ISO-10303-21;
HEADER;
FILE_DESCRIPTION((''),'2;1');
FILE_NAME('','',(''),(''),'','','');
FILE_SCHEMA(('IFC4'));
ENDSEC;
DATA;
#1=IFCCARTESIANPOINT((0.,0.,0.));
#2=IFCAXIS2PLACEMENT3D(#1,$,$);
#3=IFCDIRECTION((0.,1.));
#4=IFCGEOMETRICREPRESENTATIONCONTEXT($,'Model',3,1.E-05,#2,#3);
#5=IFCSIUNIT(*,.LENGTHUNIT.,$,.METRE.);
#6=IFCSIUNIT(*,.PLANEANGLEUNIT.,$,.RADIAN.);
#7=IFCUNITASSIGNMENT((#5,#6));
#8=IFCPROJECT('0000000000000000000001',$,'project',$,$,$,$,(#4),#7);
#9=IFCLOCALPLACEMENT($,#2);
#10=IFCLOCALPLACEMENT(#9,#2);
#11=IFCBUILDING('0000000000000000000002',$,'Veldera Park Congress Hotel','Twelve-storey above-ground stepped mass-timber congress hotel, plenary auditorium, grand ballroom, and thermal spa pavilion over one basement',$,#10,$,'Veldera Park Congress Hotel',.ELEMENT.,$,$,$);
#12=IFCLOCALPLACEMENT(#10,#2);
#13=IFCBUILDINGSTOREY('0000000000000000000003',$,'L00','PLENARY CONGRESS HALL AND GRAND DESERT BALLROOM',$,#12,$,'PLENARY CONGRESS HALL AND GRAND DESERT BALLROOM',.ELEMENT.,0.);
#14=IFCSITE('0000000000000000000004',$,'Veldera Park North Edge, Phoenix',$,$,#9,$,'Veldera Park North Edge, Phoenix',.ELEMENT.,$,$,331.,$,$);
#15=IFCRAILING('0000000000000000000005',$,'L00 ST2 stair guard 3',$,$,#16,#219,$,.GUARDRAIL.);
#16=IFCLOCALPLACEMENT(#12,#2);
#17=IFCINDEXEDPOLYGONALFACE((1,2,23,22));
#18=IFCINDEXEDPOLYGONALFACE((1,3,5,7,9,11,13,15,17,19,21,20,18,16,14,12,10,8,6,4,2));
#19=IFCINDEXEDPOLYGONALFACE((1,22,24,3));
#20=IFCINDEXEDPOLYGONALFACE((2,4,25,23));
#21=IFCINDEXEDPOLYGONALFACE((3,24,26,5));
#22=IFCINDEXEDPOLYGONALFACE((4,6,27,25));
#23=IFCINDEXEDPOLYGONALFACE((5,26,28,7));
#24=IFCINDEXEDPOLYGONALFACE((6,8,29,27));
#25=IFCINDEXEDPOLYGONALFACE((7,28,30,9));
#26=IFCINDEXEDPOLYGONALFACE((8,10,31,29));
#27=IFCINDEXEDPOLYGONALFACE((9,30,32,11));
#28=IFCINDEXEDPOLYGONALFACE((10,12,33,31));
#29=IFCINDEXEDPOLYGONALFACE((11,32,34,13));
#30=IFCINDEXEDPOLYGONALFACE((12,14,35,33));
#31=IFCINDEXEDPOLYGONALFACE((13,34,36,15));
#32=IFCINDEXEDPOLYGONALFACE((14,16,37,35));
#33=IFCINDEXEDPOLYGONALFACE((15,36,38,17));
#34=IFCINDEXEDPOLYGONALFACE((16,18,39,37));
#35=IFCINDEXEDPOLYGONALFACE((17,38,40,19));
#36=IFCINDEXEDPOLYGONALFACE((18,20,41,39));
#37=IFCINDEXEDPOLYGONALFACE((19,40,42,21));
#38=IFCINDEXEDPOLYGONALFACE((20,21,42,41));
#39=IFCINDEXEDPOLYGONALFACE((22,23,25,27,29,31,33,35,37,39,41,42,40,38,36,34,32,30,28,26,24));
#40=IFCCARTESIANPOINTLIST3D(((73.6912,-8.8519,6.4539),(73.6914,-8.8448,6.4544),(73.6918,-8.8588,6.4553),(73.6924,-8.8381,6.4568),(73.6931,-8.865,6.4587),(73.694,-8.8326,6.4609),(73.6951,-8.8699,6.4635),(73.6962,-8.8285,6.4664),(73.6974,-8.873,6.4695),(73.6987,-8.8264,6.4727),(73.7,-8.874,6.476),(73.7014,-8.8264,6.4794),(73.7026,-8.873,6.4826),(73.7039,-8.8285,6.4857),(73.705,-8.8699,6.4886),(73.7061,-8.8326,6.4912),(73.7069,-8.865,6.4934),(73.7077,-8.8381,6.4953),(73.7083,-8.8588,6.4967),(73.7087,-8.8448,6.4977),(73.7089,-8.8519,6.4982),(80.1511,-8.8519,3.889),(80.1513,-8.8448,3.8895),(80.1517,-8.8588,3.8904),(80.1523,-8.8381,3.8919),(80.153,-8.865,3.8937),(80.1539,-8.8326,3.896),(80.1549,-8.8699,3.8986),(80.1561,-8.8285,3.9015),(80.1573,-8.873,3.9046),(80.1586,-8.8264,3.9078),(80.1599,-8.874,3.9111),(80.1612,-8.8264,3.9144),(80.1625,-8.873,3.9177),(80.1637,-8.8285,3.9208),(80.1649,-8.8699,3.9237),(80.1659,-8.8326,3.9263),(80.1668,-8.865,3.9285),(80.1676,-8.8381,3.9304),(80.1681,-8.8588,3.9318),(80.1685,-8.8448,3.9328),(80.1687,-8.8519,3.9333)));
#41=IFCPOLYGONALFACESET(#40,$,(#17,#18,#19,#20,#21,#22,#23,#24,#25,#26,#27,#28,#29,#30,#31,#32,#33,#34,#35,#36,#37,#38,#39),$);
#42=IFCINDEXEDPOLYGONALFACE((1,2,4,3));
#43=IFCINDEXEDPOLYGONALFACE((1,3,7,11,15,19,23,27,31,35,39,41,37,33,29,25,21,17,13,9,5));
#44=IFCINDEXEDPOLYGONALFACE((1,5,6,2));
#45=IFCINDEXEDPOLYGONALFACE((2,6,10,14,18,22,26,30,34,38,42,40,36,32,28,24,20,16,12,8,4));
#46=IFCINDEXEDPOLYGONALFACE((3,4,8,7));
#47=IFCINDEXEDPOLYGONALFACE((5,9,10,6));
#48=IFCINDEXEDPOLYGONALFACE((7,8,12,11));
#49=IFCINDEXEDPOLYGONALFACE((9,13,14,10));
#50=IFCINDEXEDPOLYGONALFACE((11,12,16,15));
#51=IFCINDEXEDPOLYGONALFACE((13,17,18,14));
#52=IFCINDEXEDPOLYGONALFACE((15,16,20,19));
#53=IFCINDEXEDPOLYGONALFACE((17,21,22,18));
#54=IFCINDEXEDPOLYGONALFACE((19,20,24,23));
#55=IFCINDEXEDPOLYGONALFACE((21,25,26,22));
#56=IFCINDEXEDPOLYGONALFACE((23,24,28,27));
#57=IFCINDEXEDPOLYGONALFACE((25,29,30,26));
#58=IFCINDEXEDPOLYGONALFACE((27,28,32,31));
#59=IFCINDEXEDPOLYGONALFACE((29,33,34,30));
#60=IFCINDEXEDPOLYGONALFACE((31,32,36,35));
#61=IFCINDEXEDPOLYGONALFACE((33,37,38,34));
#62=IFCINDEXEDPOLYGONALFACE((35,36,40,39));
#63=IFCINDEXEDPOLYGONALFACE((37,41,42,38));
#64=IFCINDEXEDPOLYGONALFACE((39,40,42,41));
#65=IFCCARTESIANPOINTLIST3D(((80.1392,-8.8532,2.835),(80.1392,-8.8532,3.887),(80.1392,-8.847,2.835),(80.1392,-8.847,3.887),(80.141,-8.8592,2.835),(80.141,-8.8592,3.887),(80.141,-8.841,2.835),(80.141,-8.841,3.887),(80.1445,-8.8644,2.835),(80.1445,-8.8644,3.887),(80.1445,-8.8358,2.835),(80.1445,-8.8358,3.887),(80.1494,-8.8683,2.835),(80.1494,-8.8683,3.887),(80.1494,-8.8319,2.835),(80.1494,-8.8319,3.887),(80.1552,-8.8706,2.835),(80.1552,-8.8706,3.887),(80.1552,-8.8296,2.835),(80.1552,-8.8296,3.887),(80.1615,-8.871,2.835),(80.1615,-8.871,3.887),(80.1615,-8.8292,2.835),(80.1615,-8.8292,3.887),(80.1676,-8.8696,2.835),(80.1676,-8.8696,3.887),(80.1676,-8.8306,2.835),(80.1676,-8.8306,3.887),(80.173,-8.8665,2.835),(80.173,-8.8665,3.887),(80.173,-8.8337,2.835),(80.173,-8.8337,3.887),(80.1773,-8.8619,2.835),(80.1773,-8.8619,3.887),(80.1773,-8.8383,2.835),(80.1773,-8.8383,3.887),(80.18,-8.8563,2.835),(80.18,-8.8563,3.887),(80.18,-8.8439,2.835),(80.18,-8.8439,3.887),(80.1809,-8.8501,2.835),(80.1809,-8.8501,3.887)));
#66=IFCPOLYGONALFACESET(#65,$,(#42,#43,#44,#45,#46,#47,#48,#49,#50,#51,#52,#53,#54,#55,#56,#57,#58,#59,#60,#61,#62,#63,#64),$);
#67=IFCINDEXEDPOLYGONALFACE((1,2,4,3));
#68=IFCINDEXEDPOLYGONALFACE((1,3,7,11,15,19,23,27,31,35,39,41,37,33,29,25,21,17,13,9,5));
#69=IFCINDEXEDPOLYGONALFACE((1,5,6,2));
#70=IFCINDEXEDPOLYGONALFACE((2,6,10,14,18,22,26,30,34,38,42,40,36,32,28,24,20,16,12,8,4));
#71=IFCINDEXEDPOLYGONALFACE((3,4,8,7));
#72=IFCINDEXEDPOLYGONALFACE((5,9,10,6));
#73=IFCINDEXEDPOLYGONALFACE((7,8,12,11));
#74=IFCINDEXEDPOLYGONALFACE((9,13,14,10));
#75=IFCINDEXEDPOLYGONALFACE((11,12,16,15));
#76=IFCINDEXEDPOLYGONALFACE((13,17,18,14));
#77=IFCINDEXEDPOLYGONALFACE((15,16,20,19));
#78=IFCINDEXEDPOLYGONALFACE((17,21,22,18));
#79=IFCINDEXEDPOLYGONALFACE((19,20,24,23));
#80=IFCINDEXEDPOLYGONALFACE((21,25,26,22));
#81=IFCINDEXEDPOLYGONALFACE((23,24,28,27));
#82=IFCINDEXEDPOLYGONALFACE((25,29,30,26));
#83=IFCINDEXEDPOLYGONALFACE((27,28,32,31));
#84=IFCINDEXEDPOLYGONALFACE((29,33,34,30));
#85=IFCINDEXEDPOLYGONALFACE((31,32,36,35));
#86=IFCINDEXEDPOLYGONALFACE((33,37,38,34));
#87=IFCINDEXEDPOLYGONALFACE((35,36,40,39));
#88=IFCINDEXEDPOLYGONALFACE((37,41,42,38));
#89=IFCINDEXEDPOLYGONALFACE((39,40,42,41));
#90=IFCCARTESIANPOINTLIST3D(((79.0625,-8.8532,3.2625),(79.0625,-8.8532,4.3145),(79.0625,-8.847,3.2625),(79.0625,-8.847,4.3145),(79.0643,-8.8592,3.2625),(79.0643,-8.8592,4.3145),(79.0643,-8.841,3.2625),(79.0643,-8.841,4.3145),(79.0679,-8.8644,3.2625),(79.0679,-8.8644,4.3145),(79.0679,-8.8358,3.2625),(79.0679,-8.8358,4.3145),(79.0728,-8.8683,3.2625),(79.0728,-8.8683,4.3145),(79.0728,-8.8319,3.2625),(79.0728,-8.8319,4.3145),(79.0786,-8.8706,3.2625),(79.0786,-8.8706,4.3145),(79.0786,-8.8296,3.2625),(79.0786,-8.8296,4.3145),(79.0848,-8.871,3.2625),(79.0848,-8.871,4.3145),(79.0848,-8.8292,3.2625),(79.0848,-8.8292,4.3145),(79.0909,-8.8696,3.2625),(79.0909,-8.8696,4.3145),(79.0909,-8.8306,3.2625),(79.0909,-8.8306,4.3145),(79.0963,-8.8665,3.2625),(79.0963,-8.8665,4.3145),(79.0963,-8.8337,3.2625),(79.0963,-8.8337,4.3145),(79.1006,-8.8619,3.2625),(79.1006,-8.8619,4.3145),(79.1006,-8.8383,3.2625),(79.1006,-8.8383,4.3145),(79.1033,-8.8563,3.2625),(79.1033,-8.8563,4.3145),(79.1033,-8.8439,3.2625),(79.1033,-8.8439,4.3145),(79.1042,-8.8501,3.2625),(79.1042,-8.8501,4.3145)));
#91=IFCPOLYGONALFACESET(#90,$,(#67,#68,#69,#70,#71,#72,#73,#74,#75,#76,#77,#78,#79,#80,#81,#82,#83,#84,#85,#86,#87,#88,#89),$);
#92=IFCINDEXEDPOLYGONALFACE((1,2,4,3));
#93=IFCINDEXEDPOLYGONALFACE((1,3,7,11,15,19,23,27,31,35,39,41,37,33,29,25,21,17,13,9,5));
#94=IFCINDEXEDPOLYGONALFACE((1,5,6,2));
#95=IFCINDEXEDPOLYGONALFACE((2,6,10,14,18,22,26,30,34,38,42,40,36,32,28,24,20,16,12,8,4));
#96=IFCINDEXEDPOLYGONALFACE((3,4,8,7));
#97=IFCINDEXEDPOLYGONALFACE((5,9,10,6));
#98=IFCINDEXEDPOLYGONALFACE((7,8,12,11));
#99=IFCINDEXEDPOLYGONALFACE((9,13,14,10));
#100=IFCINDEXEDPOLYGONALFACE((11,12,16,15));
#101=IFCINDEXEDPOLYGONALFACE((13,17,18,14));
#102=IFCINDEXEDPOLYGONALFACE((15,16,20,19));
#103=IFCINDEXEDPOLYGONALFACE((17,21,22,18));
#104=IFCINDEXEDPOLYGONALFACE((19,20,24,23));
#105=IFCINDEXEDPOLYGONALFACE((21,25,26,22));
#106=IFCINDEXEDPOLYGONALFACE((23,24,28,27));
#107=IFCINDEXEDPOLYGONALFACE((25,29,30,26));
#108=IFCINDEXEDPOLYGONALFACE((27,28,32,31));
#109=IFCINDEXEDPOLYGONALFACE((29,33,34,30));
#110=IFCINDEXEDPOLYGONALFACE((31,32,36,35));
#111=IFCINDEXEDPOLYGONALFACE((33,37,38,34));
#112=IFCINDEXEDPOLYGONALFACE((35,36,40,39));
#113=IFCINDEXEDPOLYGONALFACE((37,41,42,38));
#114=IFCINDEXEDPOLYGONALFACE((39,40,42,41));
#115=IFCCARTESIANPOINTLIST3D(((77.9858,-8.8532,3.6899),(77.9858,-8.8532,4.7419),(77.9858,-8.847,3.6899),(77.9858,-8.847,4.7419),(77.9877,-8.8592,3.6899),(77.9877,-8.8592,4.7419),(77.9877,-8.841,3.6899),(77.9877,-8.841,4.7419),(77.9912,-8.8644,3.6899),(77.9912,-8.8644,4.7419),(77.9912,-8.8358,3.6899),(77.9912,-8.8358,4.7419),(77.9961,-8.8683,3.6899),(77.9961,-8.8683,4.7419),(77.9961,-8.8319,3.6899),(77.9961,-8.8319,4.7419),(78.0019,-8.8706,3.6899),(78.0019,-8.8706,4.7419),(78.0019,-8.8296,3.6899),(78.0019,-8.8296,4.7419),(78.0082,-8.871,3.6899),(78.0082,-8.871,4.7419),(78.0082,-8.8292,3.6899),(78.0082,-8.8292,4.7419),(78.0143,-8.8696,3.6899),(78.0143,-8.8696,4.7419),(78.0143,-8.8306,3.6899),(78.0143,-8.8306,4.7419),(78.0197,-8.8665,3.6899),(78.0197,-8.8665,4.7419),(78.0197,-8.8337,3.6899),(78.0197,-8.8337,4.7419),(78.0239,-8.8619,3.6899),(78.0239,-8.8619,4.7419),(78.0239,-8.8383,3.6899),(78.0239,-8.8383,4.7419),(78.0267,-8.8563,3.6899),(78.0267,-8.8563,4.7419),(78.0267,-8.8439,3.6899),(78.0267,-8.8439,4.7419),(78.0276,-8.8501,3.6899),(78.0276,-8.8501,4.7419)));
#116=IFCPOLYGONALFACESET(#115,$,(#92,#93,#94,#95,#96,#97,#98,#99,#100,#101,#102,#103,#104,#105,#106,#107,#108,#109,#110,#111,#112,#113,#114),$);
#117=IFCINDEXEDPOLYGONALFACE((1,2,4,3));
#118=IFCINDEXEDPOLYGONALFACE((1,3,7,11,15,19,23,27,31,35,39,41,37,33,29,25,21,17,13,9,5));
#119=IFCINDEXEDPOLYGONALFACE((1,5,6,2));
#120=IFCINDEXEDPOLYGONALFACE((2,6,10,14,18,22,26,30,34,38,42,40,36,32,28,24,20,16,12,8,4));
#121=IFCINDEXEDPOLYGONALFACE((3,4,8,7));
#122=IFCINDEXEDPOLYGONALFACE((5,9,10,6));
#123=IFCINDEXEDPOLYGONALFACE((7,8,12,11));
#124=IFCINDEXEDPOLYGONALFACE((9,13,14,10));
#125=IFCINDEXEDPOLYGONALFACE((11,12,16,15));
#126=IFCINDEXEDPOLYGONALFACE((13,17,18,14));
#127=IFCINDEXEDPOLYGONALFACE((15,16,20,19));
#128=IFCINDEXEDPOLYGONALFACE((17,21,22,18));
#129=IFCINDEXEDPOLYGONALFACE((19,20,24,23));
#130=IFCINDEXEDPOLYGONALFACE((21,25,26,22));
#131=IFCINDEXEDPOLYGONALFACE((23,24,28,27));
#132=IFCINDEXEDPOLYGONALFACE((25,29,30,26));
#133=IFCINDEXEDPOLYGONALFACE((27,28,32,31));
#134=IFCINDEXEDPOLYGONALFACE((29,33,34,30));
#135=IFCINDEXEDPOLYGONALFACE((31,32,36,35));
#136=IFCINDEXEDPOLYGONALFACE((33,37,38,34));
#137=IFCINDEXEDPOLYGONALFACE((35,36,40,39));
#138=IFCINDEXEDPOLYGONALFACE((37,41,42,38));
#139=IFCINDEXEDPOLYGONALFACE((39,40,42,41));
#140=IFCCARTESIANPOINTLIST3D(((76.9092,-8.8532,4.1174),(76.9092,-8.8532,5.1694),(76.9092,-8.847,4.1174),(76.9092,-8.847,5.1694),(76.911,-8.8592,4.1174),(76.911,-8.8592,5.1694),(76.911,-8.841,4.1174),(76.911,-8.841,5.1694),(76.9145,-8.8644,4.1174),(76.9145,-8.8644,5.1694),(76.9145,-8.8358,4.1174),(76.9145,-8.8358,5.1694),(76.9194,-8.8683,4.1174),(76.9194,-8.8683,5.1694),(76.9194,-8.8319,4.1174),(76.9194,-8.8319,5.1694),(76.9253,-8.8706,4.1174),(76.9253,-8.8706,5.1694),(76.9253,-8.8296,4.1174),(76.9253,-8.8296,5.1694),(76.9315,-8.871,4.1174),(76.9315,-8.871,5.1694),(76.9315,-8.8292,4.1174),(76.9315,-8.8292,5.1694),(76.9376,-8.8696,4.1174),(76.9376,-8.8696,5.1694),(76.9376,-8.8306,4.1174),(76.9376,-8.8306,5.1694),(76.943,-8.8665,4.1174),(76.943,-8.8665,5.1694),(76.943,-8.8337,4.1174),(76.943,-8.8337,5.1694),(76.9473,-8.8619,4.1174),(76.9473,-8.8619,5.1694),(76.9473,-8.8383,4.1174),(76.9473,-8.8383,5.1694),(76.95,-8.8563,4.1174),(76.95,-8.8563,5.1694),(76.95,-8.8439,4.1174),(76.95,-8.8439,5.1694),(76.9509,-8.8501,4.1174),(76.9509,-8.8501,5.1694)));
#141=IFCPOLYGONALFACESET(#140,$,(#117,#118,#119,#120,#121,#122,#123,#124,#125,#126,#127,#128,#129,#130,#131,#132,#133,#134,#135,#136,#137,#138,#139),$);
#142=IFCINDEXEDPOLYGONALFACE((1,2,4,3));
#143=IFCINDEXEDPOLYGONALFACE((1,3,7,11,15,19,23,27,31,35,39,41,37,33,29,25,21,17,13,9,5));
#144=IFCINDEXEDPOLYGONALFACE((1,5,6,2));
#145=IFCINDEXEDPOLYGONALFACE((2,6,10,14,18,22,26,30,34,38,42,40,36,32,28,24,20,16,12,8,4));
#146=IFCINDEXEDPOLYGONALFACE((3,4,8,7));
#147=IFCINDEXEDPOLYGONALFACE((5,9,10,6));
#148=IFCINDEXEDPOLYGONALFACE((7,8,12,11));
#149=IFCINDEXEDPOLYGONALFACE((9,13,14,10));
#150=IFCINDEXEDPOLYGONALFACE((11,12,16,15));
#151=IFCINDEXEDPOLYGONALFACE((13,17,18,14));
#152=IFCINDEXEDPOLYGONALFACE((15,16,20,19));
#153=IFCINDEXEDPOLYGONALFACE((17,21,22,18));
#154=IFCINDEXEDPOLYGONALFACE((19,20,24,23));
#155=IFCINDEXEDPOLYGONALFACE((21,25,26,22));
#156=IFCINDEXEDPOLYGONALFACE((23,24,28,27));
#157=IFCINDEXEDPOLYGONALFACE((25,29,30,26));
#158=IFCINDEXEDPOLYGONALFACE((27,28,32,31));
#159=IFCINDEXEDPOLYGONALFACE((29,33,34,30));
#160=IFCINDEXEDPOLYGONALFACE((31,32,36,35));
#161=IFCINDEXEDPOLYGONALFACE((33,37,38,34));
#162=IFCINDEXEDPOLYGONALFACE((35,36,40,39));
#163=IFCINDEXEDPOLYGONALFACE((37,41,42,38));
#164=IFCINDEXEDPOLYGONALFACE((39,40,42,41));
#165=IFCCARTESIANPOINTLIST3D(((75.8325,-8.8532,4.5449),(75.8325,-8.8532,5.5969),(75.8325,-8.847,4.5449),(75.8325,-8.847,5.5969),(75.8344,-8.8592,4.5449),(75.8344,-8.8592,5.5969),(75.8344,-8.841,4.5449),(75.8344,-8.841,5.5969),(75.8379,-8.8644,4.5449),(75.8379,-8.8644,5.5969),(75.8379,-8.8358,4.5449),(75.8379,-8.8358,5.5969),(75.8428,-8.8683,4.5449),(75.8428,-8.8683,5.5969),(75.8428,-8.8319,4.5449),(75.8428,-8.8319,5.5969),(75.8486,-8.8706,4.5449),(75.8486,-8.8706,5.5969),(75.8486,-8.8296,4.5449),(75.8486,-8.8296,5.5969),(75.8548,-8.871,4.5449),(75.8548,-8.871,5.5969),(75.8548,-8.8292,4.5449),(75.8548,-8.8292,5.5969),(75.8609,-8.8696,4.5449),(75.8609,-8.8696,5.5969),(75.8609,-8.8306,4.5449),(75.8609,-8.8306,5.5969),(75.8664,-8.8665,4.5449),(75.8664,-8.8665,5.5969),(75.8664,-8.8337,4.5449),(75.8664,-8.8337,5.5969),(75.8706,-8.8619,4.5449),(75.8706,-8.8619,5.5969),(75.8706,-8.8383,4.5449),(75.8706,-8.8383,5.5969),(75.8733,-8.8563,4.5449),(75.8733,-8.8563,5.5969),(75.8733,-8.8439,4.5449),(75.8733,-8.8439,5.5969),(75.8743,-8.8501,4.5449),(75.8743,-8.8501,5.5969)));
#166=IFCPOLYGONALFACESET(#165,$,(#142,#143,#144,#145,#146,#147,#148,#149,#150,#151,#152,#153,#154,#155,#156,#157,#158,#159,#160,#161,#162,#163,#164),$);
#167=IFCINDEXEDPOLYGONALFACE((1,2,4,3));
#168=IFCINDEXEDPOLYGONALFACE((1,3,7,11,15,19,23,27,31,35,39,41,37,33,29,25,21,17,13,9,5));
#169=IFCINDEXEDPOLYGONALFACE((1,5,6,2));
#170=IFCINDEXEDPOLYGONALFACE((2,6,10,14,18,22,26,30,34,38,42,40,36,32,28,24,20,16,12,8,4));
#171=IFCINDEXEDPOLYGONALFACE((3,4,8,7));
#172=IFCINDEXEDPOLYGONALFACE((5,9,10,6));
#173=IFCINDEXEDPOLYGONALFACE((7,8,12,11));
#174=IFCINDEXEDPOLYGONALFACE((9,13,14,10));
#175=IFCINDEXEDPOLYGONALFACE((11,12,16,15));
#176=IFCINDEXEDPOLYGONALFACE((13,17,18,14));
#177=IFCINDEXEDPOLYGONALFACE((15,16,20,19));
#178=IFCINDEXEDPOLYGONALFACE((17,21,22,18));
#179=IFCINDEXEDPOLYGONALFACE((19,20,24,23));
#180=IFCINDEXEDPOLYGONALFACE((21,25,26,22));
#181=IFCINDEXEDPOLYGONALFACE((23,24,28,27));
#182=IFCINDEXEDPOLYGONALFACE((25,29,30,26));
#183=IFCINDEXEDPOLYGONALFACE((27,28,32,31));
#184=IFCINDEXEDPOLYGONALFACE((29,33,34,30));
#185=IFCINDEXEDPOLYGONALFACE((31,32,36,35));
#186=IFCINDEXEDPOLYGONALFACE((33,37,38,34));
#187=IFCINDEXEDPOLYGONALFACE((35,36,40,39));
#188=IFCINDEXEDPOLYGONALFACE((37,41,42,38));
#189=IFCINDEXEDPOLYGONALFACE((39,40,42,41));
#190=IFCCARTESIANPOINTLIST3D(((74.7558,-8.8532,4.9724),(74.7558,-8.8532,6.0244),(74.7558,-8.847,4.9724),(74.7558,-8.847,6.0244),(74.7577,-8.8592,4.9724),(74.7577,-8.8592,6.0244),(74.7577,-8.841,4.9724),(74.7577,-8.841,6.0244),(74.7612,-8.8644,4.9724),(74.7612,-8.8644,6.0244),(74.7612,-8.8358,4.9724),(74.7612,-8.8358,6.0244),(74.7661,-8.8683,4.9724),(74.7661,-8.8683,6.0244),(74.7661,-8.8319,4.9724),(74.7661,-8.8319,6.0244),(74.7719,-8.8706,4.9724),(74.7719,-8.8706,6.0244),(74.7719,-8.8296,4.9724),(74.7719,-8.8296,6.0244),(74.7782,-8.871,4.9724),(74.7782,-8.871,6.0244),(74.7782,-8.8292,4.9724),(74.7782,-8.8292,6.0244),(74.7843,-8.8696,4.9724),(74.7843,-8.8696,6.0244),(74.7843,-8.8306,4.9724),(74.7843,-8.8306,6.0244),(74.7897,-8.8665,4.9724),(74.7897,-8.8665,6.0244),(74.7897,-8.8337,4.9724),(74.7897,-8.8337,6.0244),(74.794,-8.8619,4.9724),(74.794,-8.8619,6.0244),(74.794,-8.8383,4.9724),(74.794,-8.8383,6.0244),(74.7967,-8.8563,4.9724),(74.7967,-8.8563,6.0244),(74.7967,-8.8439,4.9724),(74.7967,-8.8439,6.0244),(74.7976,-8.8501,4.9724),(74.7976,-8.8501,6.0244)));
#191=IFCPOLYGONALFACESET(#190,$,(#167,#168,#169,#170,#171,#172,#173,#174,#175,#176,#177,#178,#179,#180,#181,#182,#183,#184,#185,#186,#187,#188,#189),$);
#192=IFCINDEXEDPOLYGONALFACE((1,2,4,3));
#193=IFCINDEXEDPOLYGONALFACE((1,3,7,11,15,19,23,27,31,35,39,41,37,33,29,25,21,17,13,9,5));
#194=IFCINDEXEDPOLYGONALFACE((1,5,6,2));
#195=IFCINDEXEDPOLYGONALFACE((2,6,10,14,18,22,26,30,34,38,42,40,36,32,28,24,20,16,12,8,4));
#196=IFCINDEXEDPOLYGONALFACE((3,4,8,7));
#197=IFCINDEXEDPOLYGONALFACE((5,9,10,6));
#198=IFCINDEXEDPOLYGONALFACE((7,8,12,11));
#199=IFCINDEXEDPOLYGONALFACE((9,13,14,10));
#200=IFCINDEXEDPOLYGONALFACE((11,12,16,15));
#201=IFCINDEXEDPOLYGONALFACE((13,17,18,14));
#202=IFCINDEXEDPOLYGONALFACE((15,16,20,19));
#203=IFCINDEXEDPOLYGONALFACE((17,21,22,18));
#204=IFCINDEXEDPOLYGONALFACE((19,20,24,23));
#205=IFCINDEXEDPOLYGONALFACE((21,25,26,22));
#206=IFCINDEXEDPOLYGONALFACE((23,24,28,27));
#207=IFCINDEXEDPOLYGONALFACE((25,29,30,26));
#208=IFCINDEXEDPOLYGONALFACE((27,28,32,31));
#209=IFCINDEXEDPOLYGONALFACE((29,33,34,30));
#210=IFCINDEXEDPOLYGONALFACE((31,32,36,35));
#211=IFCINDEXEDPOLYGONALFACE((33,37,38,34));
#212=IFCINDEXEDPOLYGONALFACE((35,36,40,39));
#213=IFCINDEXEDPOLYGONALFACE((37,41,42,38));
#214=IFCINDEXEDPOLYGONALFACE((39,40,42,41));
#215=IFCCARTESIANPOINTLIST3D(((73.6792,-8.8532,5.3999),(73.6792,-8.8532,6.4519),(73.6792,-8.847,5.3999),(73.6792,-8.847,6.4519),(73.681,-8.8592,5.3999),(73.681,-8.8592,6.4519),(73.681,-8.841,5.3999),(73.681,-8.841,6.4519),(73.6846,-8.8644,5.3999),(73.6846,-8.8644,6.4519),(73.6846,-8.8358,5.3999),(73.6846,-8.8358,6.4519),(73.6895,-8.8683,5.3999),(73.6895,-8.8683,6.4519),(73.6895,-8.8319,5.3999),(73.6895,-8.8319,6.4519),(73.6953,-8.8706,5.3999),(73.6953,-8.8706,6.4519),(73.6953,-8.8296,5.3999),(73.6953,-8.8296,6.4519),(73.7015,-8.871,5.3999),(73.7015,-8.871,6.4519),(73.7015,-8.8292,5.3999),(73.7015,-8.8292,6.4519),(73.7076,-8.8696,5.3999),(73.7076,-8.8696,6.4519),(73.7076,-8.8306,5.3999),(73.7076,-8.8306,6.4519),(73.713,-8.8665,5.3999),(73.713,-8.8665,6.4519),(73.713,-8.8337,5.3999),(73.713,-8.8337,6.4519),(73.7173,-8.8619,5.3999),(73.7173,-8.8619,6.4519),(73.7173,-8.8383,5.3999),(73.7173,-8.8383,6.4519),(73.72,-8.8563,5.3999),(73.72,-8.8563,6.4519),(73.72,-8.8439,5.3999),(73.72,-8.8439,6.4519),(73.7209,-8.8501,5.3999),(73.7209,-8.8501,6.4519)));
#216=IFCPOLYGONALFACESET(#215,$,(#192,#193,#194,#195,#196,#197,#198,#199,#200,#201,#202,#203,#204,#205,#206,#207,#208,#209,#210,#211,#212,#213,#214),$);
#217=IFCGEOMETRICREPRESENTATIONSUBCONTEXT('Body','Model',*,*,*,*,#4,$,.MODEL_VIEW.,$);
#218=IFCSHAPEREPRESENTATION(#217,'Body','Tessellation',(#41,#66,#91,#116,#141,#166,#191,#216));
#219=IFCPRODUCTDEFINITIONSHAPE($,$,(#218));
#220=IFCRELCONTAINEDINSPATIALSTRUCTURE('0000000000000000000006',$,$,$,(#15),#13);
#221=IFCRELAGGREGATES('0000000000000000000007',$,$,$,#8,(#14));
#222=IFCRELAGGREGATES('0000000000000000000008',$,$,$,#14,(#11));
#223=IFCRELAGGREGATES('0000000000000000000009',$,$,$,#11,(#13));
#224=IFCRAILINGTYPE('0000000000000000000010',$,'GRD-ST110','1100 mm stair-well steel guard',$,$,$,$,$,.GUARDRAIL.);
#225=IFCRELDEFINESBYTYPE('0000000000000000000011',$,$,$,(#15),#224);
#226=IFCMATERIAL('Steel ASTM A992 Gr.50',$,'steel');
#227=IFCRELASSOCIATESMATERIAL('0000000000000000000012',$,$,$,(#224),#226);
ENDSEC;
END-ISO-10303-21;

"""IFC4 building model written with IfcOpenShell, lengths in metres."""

from ifc_helpers import new_model, si_unit, direction, frame, origin, origin_2d, place, context, subcontext, project, spatial, circle, extrude, material, type_object, element, save


model = new_model("IFC4")

# Units and contexts
model_context = context("Model", 3, precision=1e-05, world=origin(), true_north=direction((0.0, 1.0)))
body_context = subcontext(model_context, "Body", "Model", "MODEL_VIEW")
ifc_project = project(units=[si_unit("LENGTHUNIT", "METRE"), si_unit("PLANEANGLEUNIT", "RADIAN")], contexts=[model_context])

# Site, building, storey
site_placement = place(None, origin())
site = spatial("IfcSite", under=ifc_project, at=site_placement, Name="Veldera Park North Edge, Phoenix", LongName="Veldera Park North Edge, Phoenix", CompositionType="ELEMENT", RefElevation=331.0)
building_placement = place(site_placement, origin())
building = spatial("IfcBuilding", under=site, at=building_placement, Name="Veldera Park Congress Hotel", Description="Twelve-storey above-ground stepped mass-timber congress hotel, plenary auditorium, grand ballroom, and thermal spa pavilion over one basement", LongName="Veldera Park Congress Hotel", CompositionType="ELEMENT")
storey_placement = place(building_placement, origin())
storey = spatial("IfcBuildingStorey", under=building, at=storey_placement, Name="L00", Description="PLENARY CONGRESS HALL AND GRAND DESERT BALLROOM", LongName="PLENARY CONGRESS HALL AND GRAND DESERT BALLROOM", CompositionType="ELEMENT", Elevation=0.0)

# Shared definitions
ifc_material_1 = material(Name="Steel ASTM A992 Gr.50", Category="steel")

# Railing
railing_type_1 = type_object("IfcRailingType", Name="GRD-ST110", Description="1100 mm stair-well steel guard", PredefinedType="GUARDRAIL", material=ifc_material_1)
railing_1_placement = place(storey_placement, frame((80.1599, -8.8501, 2.835)))
element("IfcRailing", 1, at=railing_1_placement, inside=storey, type_object=railing_type_1, Name="L00 ST2 stair guard 3", PredefinedType="GUARDRAIL", context=body_context, shape_type="SweptSolid", body=[
    extrude(circle(Radius=0.0239, at=origin_2d()), frame((0.0, 0.0, 1.0762), z_axis=(-0.929418, 0.0, 0.369028), x_axis=(0.0, -1.0, 0.0)), (0.0, 0.0, 1.0), 6.9504),
    extrude(circle(Radius=0.021, at=origin_2d()), origin(), (0.0, 0.0, 1.0), 1.052),
    extrude(circle(Radius=0.021, at=origin_2d()), frame((-1.0767, 0.0, 0.4275)), (0.0, 0.0, 1.0), 1.052),
    extrude(circle(Radius=0.021, at=origin_2d()), frame((-2.1533, 0.0, 0.855)), (0.0, 0.0, 1.0), 1.052),
    extrude(circle(Radius=0.021, at=origin_2d()), frame((-3.23, 0.0, 1.2825)), (0.0, 0.0, 1.0), 1.052),
    extrude(circle(Radius=0.021, at=origin_2d()), frame((-4.3066, 0.0, 1.71)), (0.0, 0.0, 1.0), 1.052),
    extrude(circle(Radius=0.021, at=origin_2d()), frame((-5.3833, 0.0, 2.1375)), (0.0, 0.0, 1.0), 1.052),
    extrude(circle(Radius=0.021, at=origin_2d()), frame((-6.46, 0.0, 2.5649)), (0.0, 0.0, 1.0), 1.052),
])

save(model, "model.ifc")
